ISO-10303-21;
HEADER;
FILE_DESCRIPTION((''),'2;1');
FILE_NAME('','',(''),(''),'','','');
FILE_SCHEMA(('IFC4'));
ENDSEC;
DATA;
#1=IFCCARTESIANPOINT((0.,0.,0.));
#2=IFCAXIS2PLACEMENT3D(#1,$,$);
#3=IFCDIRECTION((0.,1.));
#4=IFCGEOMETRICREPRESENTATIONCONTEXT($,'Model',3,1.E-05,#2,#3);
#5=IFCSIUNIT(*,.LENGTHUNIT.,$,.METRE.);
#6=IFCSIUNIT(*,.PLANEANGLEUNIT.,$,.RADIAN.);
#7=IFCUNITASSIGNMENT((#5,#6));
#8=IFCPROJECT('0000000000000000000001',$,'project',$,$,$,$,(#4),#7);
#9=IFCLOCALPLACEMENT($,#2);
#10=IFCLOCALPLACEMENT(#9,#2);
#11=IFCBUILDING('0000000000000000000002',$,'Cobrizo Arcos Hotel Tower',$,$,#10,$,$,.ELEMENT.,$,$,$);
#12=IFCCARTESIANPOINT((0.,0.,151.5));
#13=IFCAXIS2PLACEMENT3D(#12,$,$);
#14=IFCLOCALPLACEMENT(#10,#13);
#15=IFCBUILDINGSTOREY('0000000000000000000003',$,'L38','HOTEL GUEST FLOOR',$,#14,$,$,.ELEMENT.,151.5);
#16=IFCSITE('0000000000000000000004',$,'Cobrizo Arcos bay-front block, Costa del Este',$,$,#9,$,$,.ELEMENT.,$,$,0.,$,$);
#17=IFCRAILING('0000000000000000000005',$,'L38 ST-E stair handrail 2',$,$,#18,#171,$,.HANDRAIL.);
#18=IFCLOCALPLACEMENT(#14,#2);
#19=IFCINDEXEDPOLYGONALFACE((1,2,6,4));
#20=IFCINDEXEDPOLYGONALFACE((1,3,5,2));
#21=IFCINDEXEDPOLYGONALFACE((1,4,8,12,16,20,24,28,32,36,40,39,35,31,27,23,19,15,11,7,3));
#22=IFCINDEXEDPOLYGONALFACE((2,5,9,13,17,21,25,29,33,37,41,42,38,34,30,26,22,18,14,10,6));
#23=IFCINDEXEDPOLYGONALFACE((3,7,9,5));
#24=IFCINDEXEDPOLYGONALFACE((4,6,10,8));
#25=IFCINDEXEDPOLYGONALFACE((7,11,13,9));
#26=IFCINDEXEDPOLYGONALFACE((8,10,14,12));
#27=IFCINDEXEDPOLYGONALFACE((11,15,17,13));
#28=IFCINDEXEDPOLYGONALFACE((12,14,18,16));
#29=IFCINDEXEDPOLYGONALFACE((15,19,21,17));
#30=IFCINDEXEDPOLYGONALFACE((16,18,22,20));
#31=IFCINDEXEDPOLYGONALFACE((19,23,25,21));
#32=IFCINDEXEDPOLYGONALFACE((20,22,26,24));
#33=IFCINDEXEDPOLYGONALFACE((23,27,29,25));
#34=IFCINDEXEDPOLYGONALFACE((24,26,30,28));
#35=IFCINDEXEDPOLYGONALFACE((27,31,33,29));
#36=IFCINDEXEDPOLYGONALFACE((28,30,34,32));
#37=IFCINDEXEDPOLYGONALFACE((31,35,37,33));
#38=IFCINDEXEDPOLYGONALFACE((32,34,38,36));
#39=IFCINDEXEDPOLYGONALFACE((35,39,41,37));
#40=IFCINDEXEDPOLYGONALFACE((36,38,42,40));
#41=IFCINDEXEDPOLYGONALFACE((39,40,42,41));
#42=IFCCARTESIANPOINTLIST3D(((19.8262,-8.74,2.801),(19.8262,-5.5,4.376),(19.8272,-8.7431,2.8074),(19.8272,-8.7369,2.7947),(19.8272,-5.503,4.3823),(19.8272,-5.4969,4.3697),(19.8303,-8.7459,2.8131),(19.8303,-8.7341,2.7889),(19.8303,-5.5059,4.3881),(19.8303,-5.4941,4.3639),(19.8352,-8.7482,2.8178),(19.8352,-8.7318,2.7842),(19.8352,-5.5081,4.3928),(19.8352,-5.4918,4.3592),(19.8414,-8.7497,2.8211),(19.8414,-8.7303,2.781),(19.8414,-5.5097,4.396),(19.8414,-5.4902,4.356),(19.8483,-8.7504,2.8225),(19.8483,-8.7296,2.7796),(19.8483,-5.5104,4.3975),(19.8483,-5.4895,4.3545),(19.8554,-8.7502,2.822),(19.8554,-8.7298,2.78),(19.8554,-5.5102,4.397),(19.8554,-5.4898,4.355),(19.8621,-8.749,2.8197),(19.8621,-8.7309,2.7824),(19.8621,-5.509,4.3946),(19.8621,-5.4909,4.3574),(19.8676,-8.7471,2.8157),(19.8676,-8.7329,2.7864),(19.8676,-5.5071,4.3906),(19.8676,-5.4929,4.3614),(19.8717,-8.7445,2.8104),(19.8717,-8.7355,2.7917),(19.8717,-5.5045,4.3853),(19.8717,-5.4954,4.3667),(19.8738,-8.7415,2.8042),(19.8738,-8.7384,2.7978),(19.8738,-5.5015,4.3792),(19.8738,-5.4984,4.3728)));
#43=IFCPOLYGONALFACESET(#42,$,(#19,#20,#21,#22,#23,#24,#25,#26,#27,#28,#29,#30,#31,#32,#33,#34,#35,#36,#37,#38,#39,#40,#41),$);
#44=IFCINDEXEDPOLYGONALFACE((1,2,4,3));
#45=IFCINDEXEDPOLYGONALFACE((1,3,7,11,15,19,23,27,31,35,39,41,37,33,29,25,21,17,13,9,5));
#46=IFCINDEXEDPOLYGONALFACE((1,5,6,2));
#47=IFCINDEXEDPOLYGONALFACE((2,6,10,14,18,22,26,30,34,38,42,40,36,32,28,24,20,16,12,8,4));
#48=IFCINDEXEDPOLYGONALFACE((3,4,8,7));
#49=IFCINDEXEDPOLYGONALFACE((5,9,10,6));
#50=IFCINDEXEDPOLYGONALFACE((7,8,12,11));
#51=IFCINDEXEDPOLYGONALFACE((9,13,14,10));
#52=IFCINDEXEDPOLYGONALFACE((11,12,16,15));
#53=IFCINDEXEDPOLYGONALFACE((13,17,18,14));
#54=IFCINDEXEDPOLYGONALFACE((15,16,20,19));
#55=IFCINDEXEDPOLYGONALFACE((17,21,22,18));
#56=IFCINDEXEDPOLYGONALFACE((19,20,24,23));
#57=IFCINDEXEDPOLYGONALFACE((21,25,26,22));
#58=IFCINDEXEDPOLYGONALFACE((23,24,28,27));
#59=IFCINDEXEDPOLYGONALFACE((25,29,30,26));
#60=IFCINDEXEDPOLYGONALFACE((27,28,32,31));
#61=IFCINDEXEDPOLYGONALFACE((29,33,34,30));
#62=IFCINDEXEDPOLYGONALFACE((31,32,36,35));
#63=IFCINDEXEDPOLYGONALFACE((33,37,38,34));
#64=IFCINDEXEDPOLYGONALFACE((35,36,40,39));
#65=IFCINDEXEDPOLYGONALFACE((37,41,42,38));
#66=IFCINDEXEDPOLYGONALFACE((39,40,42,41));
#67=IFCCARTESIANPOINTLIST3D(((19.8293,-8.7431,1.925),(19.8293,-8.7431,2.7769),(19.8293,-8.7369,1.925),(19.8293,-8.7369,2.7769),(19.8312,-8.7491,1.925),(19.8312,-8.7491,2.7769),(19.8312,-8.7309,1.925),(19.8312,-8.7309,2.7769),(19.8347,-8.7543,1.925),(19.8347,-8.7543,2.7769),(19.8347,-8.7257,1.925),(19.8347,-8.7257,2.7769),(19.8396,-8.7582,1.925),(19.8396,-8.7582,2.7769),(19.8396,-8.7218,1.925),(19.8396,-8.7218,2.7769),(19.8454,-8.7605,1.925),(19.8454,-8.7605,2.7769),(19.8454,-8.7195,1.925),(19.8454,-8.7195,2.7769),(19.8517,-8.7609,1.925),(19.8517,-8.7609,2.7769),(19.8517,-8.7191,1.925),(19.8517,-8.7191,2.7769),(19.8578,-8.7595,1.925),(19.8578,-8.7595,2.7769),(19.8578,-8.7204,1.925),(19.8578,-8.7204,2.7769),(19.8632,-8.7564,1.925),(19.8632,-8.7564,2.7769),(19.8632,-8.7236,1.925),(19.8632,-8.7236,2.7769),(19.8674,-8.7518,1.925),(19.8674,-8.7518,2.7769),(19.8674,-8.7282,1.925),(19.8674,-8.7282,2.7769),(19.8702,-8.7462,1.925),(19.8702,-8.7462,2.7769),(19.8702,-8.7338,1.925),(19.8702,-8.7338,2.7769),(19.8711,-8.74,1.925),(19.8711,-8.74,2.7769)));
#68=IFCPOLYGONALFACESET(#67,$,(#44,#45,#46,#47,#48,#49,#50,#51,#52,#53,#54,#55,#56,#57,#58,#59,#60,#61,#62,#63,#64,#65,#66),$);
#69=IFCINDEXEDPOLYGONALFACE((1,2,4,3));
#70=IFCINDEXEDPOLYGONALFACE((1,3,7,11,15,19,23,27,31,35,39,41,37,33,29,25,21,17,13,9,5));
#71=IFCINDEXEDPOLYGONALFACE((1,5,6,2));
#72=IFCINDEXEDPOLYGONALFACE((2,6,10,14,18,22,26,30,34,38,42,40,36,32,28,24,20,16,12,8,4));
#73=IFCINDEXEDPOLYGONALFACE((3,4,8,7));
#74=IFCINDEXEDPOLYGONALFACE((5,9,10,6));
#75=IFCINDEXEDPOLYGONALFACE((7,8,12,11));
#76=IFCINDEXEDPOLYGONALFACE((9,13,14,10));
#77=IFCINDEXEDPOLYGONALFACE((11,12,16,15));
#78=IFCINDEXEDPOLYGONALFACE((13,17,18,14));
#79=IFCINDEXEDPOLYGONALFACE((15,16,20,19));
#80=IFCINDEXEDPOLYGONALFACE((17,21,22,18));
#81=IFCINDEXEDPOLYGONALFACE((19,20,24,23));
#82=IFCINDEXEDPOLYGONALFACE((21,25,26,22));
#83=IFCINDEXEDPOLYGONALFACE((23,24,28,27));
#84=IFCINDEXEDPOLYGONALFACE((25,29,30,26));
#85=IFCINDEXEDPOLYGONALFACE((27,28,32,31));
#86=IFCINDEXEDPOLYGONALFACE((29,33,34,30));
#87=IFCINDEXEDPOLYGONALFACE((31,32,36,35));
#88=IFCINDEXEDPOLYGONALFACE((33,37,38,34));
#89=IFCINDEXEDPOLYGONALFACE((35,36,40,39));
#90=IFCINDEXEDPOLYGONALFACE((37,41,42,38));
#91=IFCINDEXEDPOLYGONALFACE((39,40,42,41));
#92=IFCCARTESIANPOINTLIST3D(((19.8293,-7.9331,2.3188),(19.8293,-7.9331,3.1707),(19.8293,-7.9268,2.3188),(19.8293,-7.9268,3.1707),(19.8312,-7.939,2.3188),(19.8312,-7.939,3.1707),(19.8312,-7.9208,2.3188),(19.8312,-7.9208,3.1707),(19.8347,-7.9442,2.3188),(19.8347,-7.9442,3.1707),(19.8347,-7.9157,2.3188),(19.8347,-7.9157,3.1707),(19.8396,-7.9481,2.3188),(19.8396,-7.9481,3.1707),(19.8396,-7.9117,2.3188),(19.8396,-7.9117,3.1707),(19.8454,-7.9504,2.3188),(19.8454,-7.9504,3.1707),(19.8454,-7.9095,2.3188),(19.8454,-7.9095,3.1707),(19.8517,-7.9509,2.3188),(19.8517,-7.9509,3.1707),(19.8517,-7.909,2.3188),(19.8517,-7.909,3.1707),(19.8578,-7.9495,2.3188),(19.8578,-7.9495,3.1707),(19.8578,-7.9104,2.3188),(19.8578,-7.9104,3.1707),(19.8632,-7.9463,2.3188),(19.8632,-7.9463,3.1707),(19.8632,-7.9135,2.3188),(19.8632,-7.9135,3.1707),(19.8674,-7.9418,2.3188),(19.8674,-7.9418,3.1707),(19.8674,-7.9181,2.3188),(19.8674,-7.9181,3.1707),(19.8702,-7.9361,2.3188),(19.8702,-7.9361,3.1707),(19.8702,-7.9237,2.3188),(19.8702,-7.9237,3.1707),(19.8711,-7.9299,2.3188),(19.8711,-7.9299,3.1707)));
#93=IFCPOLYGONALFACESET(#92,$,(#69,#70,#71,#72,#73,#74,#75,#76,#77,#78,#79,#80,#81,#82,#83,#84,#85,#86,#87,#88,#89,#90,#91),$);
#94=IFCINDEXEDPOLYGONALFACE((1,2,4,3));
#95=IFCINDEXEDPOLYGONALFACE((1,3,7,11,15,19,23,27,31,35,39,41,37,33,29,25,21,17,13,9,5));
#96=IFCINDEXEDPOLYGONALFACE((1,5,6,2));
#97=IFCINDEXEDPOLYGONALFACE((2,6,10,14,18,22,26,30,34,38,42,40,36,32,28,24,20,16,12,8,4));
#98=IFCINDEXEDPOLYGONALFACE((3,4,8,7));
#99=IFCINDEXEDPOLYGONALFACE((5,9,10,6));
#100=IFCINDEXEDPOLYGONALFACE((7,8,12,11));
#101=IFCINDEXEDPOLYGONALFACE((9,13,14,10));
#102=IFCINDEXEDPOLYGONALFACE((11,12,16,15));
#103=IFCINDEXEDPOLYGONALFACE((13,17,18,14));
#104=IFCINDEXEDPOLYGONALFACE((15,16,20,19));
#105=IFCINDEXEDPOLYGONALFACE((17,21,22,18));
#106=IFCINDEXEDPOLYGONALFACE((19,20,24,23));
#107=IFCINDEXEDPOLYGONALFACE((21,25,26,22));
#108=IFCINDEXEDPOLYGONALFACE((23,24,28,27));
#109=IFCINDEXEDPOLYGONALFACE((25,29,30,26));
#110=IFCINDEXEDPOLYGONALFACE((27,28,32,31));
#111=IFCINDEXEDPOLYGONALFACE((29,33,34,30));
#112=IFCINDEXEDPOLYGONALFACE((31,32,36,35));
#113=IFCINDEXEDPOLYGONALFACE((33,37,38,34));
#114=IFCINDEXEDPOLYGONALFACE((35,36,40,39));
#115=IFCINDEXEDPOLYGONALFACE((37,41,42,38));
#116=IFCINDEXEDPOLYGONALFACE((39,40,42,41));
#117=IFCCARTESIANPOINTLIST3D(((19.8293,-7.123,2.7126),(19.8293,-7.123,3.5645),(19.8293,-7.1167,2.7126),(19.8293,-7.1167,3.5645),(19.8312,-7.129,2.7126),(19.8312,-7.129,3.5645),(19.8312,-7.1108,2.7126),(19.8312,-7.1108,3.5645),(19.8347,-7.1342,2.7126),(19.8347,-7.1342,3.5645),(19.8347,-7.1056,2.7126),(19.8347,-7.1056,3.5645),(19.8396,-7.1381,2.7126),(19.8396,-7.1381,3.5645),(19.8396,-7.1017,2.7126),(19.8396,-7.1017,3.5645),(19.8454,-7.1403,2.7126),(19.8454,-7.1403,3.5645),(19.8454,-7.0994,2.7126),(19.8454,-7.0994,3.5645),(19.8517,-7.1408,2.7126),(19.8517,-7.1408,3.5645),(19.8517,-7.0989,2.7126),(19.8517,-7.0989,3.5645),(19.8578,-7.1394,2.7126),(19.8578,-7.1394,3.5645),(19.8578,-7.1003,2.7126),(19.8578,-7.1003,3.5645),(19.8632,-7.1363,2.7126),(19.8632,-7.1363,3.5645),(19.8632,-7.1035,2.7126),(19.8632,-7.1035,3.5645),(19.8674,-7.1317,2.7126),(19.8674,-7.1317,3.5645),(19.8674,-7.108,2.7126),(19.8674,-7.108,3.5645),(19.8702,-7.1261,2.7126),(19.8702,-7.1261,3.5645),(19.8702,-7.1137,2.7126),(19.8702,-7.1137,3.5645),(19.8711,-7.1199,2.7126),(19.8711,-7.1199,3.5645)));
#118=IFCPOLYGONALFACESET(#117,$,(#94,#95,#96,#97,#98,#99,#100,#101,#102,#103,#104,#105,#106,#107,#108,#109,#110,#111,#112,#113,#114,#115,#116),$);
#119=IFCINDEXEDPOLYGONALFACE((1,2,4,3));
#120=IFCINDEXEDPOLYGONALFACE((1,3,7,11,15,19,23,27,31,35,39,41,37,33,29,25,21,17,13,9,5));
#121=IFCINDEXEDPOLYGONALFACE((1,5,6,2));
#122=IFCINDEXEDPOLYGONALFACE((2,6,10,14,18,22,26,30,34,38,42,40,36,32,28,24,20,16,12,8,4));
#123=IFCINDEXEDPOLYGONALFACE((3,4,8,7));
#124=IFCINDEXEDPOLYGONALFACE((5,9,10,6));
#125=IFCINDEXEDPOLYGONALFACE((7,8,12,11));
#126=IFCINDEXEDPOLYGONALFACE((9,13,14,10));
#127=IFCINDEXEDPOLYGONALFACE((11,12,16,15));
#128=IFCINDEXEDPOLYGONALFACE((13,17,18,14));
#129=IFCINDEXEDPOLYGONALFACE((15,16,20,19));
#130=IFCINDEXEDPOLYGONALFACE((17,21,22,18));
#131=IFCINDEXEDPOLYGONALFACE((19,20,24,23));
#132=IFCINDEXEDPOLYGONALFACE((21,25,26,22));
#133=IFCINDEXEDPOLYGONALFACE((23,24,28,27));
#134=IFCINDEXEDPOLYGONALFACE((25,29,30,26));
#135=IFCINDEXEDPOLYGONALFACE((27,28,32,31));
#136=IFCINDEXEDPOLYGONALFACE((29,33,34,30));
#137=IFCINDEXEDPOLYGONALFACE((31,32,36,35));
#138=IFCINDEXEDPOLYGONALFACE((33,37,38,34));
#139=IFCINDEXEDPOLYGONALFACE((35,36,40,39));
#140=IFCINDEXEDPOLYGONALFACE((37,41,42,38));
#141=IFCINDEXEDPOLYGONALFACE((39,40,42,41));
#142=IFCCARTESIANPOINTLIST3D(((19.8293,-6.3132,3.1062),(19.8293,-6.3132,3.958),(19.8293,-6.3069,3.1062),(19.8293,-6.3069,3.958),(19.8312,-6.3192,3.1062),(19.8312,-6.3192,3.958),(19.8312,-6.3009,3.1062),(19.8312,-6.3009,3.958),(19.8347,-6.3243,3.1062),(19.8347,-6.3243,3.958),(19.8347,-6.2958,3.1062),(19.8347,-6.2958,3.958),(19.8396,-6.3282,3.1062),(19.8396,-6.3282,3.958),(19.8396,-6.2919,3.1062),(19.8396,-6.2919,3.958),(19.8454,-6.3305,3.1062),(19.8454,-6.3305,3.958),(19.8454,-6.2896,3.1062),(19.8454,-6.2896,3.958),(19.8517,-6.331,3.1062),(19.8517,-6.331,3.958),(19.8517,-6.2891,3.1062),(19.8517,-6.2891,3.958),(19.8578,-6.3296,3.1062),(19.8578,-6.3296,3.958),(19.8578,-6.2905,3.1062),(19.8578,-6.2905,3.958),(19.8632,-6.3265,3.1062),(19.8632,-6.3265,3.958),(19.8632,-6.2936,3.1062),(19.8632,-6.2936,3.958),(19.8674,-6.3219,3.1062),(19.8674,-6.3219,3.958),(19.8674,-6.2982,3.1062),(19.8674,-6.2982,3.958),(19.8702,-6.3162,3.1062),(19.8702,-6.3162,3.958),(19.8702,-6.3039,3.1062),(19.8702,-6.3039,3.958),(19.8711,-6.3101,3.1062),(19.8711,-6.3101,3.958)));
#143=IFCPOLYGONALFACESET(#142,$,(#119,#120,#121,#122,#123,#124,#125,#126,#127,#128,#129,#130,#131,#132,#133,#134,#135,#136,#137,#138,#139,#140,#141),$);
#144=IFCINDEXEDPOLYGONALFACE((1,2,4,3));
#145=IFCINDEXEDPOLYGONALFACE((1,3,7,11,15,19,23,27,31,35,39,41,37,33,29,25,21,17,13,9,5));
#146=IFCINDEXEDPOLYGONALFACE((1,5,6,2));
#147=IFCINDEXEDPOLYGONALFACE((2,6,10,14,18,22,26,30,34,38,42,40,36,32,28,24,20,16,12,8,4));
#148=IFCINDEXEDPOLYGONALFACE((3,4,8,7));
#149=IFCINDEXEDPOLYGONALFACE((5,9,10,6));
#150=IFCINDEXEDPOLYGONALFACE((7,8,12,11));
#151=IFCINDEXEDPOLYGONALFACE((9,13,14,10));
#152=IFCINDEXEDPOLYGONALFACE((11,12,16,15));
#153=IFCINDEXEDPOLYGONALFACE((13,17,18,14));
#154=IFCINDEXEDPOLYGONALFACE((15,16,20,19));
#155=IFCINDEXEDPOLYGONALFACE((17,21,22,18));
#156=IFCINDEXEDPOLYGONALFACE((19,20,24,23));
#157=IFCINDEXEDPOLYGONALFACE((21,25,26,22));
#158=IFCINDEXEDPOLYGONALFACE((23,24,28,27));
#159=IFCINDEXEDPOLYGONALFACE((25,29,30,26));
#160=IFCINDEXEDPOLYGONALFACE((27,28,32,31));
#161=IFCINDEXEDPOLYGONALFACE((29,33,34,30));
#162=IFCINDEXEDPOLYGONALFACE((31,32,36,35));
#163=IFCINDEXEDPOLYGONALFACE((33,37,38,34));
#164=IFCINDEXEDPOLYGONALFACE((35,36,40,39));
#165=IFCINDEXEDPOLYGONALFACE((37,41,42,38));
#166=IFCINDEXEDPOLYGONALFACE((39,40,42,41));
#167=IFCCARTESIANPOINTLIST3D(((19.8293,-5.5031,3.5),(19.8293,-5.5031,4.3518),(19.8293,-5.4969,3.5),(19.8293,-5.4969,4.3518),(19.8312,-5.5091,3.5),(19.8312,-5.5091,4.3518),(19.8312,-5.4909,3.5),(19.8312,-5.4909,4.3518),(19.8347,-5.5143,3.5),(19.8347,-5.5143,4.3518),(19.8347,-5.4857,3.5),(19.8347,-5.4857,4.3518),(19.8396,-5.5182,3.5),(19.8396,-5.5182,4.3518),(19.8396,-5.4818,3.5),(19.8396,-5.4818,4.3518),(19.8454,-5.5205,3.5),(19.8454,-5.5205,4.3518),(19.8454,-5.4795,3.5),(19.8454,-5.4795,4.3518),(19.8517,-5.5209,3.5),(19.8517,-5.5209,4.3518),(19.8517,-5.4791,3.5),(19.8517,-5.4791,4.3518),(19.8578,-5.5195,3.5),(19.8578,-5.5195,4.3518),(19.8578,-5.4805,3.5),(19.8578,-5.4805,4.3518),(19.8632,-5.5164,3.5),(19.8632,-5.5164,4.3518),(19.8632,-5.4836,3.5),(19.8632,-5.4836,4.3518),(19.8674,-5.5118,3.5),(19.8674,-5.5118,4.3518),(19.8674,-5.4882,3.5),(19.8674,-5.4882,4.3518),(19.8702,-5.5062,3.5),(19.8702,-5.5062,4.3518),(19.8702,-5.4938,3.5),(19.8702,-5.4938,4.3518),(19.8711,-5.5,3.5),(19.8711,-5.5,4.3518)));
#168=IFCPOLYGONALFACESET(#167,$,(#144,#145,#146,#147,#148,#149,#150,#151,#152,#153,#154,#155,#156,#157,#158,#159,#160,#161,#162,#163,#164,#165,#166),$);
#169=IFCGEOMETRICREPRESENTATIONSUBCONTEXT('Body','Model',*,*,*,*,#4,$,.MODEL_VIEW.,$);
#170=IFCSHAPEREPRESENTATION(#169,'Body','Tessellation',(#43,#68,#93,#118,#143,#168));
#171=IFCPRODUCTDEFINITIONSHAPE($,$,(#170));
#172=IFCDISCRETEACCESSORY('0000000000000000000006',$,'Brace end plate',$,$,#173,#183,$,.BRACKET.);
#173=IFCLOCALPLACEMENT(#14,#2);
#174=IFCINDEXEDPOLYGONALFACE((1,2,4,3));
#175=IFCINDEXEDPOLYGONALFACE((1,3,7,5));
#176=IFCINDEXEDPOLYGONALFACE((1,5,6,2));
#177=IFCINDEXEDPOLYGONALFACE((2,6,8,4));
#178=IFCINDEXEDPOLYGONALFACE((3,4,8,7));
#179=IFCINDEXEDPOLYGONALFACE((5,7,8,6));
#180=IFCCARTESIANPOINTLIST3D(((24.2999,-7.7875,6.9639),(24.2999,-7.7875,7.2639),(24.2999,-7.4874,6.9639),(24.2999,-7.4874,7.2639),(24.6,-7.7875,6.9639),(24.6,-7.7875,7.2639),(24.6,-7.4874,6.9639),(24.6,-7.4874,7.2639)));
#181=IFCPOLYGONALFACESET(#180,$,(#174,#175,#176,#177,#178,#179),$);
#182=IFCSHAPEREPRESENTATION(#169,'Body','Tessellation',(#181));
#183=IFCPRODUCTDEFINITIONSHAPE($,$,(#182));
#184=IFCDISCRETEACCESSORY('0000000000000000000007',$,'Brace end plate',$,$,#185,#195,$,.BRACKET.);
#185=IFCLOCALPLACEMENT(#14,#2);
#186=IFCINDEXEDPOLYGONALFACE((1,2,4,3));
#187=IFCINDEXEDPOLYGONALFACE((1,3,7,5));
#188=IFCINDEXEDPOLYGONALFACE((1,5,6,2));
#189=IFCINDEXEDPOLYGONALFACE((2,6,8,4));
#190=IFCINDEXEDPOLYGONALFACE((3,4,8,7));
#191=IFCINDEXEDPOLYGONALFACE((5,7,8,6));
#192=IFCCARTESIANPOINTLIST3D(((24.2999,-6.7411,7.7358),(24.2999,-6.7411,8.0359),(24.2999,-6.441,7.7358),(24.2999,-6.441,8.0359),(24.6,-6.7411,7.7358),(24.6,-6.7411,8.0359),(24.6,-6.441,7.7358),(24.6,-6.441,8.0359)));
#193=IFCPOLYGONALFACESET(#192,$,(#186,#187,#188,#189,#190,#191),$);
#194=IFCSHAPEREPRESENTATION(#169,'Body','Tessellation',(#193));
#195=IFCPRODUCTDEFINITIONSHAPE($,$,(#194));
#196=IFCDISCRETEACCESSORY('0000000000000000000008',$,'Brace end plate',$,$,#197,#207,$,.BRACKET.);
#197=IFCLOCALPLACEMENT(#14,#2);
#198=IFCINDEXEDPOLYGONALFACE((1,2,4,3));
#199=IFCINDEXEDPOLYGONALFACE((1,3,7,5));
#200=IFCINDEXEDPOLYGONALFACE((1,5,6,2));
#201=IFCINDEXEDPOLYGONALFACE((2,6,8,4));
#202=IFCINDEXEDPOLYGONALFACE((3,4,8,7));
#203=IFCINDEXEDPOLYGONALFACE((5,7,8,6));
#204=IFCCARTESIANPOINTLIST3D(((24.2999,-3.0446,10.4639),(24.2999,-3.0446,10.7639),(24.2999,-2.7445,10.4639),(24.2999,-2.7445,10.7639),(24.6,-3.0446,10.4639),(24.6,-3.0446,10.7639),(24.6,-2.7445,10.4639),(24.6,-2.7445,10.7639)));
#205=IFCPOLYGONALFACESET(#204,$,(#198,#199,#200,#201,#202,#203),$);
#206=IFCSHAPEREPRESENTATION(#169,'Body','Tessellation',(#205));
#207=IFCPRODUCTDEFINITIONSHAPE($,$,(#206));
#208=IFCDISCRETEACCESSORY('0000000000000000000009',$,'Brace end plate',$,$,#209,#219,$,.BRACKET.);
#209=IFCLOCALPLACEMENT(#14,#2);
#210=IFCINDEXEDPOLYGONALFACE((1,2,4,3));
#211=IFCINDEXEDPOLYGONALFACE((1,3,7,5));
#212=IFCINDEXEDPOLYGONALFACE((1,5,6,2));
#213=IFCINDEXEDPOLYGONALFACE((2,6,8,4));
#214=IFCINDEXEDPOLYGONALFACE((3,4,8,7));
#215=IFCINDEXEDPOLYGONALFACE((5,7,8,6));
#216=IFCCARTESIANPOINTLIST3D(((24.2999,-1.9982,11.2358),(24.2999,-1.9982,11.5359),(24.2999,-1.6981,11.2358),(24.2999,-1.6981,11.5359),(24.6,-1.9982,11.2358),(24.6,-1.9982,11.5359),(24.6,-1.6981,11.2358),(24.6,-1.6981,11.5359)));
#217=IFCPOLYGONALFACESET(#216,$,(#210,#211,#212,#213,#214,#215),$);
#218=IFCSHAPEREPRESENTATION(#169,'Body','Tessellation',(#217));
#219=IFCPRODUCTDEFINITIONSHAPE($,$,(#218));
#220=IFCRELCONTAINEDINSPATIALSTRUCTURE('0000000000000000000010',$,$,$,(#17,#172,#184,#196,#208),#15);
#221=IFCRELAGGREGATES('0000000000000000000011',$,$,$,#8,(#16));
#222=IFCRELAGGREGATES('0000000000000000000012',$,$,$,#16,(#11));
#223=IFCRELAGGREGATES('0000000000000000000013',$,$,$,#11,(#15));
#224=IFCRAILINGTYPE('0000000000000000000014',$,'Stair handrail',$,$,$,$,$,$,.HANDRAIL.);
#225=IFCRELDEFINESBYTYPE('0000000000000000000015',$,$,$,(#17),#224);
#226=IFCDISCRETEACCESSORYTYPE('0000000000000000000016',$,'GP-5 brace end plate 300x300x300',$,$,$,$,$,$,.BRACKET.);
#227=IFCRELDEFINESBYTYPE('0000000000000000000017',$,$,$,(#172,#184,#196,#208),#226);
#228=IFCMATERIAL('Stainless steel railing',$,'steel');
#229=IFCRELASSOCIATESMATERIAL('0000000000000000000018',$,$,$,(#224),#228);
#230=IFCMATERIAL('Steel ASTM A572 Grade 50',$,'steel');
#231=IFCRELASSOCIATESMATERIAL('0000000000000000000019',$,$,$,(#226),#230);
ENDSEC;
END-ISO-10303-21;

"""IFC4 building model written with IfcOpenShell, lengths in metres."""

from ifc_helpers import new_model, si_unit, direction, frame, origin, origin_2d, place, context, subcontext, project, spatial, rectangle, circle, extrude, material, type_object, element, save


model = new_model("IFC4")

# Units and contexts
model_context = context("Model", 3, precision=1e-05, world=origin(), true_north=direction((0.0, 1.0)))
body_context = subcontext(model_context, "Body", "Model", "MODEL_VIEW")
ifc_project = project(units=[si_unit("LENGTHUNIT", "METRE"), si_unit("PLANEANGLEUNIT", "RADIAN")], contexts=[model_context])

# Site, building, storey
site_placement = place(None, origin())
site = spatial("IfcSite", under=ifc_project, at=site_placement, Name="Cobrizo Arcos bay-front block, Costa del Este", CompositionType="ELEMENT", RefElevation=0.0)
building_placement = place(site_placement, origin())
building = spatial("IfcBuilding", under=site, at=building_placement, Name="Cobrizo Arcos Hotel Tower", CompositionType="ELEMENT")
storey_placement = place(building_placement, frame((0.0, 0.0, 151.5)))
storey = spatial("IfcBuildingStorey", under=building, at=storey_placement, Name="L38", Description="HOTEL GUEST FLOOR", CompositionType="ELEMENT", Elevation=151.5)

# Shared definitions
ifc_material_1 = material(Name="Steel ASTM A572 Grade 50", Category="steel")

# Railing
ifc_material_2 = material(Name="Stainless steel railing", Category="steel")
railing_type_1 = type_object("IfcRailingType", Name="Stair handrail", PredefinedType="HANDRAIL", material=ifc_material_2)
railing_1_placement = place(storey_placement, frame((19.8501, -8.74, 1.925)))
element("IfcRailing", 1, at=railing_1_placement, inside=storey, type_object=railing_type_1, Name="L38 ST-E stair handrail 2", PredefinedType="HANDRAIL", context=body_context, shape_type="SweptSolid", body=[
    extrude(circle(Radius=0.0239, at=origin_2d()), frame((0.0, 0.0, 0.876), z_axis=(0.0, 0.899373, 0.437183), x_axis=(-1.0, 0.0, 0.0)), (0.0, 0.0, 1.0), 3.6025),
    extrude(circle(Radius=0.021, at=origin_2d()), origin(), (0.0, 0.0, 1.0), 0.8518),
    extrude(circle(Radius=0.021, at=origin_2d()), frame((0.0, 0.8101, 0.3938)), (0.0, 0.0, 1.0), 0.8518),
    extrude(circle(Radius=0.021, at=origin_2d()), frame((0.0, 1.6201, 0.7876)), (0.0, 0.0, 1.0), 0.8518),
    extrude(circle(Radius=0.021, at=origin_2d()), frame((0.0, 2.4299, 1.1812)), (0.0, 0.0, 1.0), 0.8518),
    extrude(circle(Radius=0.021, at=origin_2d()), frame((0.0, 3.24, 1.575)), (0.0, 0.0, 1.0), 0.8518),
])

# Discrete accessories
discrete_accessory_type = type_object("IfcDiscreteAccessoryType", Name="GP-5 brace end plate 300x300x300", PredefinedType="BRACKET", material=ifc_material_1)
for number, where, z_axis, x_axis, name in (
    (2, (24.45, -7.6375, 6.9639), (0.0, 0.0, 1.0), (1.0, 0.0, 0.0), "Brace end plate"),
    (3, (24.45, -6.5911, 7.7358), (0.0, 0.0, 1.0), (1.0, 0.0, 0.0), "Brace end plate"),
    (4, (24.45, -2.8945, 10.4639), (0.0, 0.0, 1.0), (1.0, 0.0, 0.0), "Brace end plate"),
    (5, (24.45, -1.8481, 11.2358), (0.0, 0.0, 1.0), (1.0, 0.0, 0.0), "Brace end plate"),
):
    element("IfcDiscreteAccessory", number, at=place(storey_placement, frame(where, z_axis=z_axis, x_axis=x_axis)), inside=storey, type_object=discrete_accessory_type, Name=name, PredefinedType="BRACKET", context=body_context, shape_type="SweptSolid", body=[
        extrude(rectangle(XDim=0.3, YDim=0.3, at=origin_2d()), origin(), (0.0, 0.0, 1.0), 0.3),
    ])

save(model, "model.ifc")
